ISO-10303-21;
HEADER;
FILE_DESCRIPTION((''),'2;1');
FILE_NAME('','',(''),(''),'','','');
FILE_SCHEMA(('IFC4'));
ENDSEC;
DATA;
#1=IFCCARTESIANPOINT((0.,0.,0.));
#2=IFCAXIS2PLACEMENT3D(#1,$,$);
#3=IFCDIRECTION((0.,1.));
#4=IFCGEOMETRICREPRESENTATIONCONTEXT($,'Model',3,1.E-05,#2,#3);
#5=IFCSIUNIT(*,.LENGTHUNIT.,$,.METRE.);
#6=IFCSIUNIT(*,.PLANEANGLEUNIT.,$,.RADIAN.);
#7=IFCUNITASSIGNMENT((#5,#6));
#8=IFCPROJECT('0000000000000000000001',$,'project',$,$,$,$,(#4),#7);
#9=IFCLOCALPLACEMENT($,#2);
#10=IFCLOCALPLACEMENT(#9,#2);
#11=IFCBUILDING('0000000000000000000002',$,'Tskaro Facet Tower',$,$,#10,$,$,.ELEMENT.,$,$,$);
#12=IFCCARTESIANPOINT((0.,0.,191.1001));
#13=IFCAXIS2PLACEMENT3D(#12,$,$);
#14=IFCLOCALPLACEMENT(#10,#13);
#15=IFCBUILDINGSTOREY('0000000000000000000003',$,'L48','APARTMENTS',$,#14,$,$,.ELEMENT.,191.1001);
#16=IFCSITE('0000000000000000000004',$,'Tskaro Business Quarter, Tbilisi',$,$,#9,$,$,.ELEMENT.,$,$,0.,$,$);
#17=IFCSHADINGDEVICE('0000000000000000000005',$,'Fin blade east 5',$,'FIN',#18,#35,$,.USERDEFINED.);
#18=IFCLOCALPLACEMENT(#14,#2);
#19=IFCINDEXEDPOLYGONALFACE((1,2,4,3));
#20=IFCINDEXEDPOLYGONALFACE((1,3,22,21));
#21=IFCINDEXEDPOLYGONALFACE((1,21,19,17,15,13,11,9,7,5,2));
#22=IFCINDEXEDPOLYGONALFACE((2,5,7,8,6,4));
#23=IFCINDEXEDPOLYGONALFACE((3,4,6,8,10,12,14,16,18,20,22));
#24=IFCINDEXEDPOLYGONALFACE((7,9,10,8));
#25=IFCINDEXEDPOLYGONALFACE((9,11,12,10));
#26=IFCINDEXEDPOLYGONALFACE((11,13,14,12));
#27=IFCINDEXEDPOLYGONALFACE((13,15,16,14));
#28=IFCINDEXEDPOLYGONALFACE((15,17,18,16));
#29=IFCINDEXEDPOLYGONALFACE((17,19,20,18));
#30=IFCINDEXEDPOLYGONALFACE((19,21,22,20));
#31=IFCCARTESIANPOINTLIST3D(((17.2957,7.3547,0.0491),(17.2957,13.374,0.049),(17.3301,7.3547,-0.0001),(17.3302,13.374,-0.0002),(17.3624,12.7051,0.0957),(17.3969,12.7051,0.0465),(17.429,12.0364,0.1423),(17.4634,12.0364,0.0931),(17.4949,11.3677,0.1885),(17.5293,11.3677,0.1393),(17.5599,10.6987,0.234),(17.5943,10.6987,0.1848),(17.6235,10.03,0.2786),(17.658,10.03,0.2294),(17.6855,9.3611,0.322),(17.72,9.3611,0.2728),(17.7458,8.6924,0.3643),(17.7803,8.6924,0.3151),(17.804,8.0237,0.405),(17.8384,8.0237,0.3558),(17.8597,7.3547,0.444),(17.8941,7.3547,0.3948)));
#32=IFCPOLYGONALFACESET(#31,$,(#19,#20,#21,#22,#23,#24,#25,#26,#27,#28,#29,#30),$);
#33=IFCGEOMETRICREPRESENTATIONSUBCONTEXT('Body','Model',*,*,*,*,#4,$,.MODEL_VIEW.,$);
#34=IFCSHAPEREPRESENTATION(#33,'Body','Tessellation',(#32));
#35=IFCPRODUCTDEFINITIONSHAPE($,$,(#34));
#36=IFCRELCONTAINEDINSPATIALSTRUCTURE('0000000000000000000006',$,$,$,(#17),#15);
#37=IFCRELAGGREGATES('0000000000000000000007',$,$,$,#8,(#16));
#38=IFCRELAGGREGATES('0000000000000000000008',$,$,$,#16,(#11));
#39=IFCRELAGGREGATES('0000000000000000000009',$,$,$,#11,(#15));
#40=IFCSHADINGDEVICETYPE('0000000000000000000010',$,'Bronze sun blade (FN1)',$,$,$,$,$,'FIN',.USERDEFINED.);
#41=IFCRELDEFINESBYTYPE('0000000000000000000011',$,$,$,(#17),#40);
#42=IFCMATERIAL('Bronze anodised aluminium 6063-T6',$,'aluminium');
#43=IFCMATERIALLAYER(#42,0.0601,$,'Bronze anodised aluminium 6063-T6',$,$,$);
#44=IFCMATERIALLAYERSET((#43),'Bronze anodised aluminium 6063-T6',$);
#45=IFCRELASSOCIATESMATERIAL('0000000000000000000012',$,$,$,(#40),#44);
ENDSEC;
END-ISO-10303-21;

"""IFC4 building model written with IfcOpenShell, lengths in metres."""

from ifc_helpers import new_model, si_unit, direction, frame, origin, place, context, subcontext, project, spatial, polyline, outline, extrude, material, layer, layer_set, type_object, element, save


model = new_model("IFC4")

# Units and contexts
model_context = context("Model", 3, precision=1e-05, world=origin(), true_north=direction((0.0, 1.0)))
body_context = subcontext(model_context, "Body", "Model", "MODEL_VIEW")
ifc_project = project(units=[si_unit("LENGTHUNIT", "METRE"), si_unit("PLANEANGLEUNIT", "RADIAN")], contexts=[model_context])

# Site, building, storey
site_placement = place(None, origin())
site = spatial("IfcSite", under=ifc_project, at=site_placement, Name="Tskaro Business Quarter, Tbilisi", CompositionType="ELEMENT", RefElevation=0.0)
building_placement = place(site_placement, origin())
building = spatial("IfcBuilding", under=site, at=building_placement, Name="Tskaro Facet Tower", CompositionType="ELEMENT")
storey_placement = place(building_placement, frame((0.0, 0.0, 191.1001)))
storey = spatial("IfcBuildingStorey", under=building, at=storey_placement, Name="L48", Description="APARTMENTS", CompositionType="ELEMENT", Elevation=191.1001)

# Shared definitions
ifc_material_1 = material(Name="Bronze anodised aluminium 6063-T6", Category="aluminium")

# Shading device
ifc_layer_1 = layer(ifc_material_1, 0.0601, Name="Bronze anodised aluminium 6063-T6")
ifc_layer_set_1 = layer_set([ifc_layer_1], Name="Bronze anodised aluminium 6063-T6")
shading_device_type = type_object("IfcShadingDeviceType", Name="Bronze sun blade (FN1)", ElementType="FIN", PredefinedType="USERDEFINED", material=ifc_layer_set_1)
shading_device_1_placement = place(storey_placement, frame((17.2957, 7.3547, 0.0491), z_axis=(-0.573585, 0.000016, 0.819146), x_axis=(0.000009, 1.0, -0.000013)))
element("IfcShadingDevice", 1, at=shading_device_1_placement, inside=storey, type_object=shading_device_type, Name="Fin blade east 5", ObjectType="FIN", PredefinedType="USERDEFINED", context=body_context, shape_type="SweptSolid", body=[
    extrude(outline(polyline([(0.0, 0.0), (6.0193, 0.0), (5.3503, -0.0815), (4.6816, -0.1627), (4.0129, -0.2431), (3.344, -0.3225), (2.6753, -0.4002), (2.0063, -0.4759), (1.3376, -0.5496), (0.6689, -0.6205), (0.0, -0.6885), (0.0, 0.0)])), origin(), (0.0, 0.0, -1.0), 0.0601),
])

save(model, "model.ifc")
